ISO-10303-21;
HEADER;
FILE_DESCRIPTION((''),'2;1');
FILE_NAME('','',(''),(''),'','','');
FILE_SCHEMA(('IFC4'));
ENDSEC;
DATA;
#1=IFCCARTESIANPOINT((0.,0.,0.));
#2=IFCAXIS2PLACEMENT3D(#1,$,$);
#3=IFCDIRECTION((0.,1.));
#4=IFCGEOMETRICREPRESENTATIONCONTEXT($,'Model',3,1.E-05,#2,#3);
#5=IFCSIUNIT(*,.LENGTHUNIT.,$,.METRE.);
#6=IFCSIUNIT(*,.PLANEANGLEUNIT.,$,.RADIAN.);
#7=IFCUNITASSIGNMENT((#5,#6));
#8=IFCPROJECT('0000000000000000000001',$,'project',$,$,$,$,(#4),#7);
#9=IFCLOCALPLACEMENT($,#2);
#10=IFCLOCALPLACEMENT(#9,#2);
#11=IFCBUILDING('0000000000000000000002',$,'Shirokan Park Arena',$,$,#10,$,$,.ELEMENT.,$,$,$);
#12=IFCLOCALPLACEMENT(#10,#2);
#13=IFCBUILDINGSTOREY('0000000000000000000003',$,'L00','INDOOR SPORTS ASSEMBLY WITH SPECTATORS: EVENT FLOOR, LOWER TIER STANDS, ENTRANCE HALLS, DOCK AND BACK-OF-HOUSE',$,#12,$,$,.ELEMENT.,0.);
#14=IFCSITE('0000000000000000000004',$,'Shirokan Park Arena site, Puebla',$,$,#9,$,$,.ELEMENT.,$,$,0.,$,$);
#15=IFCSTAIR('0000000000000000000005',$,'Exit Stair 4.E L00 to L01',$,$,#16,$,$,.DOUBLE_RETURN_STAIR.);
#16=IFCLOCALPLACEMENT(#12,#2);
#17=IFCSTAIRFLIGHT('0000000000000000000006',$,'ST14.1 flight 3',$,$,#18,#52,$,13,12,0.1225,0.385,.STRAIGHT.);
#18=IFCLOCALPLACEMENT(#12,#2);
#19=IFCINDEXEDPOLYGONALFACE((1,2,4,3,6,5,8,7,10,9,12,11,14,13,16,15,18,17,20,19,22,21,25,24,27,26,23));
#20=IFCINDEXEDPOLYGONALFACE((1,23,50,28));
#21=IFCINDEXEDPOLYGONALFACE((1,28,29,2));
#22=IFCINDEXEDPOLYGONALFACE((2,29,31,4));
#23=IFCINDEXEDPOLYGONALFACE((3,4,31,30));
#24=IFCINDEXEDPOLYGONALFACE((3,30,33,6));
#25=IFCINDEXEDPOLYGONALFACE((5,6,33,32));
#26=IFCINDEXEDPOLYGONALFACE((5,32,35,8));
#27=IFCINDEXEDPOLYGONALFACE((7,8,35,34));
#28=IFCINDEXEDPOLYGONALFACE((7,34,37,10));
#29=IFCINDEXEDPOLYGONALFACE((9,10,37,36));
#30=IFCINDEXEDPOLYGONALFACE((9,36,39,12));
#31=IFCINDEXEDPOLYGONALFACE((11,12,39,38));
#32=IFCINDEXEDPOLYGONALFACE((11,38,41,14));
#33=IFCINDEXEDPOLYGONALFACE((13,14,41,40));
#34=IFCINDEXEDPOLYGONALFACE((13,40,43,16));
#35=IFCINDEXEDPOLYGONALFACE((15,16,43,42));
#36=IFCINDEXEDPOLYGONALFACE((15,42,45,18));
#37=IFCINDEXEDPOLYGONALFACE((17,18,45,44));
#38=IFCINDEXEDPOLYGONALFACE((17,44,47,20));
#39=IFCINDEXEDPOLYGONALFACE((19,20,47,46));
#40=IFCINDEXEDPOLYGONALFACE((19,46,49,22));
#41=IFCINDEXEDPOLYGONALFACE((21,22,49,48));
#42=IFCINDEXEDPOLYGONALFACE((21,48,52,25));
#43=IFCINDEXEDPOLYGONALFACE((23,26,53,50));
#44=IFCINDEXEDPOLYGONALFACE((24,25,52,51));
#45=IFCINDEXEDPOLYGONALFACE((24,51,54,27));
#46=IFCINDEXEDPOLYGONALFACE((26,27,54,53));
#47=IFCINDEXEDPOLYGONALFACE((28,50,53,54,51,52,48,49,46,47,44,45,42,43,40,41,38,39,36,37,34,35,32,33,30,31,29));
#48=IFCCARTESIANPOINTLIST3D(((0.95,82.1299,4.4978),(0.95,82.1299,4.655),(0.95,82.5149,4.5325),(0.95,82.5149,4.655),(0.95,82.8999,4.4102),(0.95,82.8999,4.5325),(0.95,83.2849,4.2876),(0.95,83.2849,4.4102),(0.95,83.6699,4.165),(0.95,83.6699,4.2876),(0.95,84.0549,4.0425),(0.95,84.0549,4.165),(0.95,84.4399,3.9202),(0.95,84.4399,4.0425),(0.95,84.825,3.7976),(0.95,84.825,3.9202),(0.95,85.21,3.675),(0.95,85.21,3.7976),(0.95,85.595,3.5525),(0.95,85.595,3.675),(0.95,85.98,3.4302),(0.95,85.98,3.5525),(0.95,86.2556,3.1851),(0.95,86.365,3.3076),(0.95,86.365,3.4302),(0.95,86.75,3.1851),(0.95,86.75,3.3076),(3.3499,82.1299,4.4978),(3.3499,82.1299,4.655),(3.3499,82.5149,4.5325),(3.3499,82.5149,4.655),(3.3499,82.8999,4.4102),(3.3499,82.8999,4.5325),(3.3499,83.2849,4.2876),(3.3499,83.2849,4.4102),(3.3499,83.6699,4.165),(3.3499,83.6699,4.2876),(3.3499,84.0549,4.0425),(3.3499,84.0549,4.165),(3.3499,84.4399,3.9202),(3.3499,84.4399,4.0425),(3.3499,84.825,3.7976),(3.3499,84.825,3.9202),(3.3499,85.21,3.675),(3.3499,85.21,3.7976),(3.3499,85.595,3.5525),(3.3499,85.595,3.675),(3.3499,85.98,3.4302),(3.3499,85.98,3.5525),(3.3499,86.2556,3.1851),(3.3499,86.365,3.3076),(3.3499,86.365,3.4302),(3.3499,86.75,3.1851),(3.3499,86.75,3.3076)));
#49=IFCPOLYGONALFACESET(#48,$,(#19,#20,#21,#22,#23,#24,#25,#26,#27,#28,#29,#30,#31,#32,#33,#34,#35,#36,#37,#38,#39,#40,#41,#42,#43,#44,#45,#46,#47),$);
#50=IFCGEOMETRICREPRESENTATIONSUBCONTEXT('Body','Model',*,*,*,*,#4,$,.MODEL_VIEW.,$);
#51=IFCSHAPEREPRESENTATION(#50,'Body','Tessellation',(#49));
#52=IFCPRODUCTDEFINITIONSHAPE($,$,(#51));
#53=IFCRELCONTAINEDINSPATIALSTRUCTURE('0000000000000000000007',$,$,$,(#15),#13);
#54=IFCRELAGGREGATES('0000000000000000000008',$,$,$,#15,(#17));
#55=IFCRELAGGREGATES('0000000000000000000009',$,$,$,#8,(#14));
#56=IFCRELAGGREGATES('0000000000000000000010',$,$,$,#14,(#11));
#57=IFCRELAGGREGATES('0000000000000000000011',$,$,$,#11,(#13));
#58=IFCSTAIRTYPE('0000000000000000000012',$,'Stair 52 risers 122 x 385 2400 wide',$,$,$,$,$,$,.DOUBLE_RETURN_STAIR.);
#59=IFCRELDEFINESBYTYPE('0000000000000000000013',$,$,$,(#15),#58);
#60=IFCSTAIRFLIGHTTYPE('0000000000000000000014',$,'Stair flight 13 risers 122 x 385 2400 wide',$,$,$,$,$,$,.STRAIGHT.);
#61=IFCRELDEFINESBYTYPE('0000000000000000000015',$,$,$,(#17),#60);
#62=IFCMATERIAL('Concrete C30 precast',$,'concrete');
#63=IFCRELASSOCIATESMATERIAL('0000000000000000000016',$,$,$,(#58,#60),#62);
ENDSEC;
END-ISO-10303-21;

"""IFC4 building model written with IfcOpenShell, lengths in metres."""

from ifc_helpers import new_model, si_unit, direction, frame, origin, place, context, subcontext, project, spatial, polyline, outline, extrude, material, type_object, element, aggregate, save


model = new_model("IFC4")

# Units and contexts
model_context = context("Model", 3, precision=1e-05, world=origin(), true_north=direction((0.0, 1.0)))
body_context = subcontext(model_context, "Body", "Model", "MODEL_VIEW")
ifc_project = project(units=[si_unit("LENGTHUNIT", "METRE"), si_unit("PLANEANGLEUNIT", "RADIAN")], contexts=[model_context])

# Site, building, storey
site_placement = place(None, origin())
site = spatial("IfcSite", under=ifc_project, at=site_placement, Name="Shirokan Park Arena site, Puebla", CompositionType="ELEMENT", RefElevation=0.0)
building_placement = place(site_placement, origin())
building = spatial("IfcBuilding", under=site, at=building_placement, Name="Shirokan Park Arena", CompositionType="ELEMENT")
storey_placement = place(building_placement, origin())
storey = spatial("IfcBuildingStorey", under=building, at=storey_placement, Name="L00", Description="INDOOR SPORTS ASSEMBLY WITH SPECTATORS: EVENT FLOOR, LOWER TIER STANDS, ENTRANCE HALLS, DOCK AND BACK-OF-HOUSE", CompositionType="ELEMENT", Elevation=0.0)

# Stair, stair flight
ifc_material_1 = material(Name="Concrete C30 precast", Category="concrete")
stair_type = type_object("IfcStairType", Name="Stair 52 risers 122 x 385 2400 wide", PredefinedType="DOUBLE_RETURN_STAIR", material=ifc_material_1)
stair_placement = place(storey_placement, origin())
stair = element("IfcStair", 1, at=stair_placement, inside=storey, type_object=stair_type, Name="Exit Stair 4.E L00 to L01", PredefinedType="DOUBLE_RETURN_STAIR")
stair_flight_type = type_object("IfcStairFlightType", Name="Stair flight 13 risers 122 x 385 2400 wide", PredefinedType="STRAIGHT", material=ifc_material_1)
stair_flight_1_placement = place(storey_placement, frame((2.1499, 86.75, 3.1851), z_axis=(0.0, 0.0, 1.0), x_axis=(0.0, -1.0, 0.0)))
stair_flight_1 = element("IfcStairFlight", 2, at=stair_flight_1_placement, type_object=stair_flight_type, Name="ST14.1 flight 3", NumberOfRisers=13, NumberOfTreads=12, PredefinedType="STRAIGHT", RiserHeight=0.1225, TreadLength=0.385, context=body_context, shape_type="SweptSolid", body=[
    extrude(outline(polyline([(0.0, 0.0), (0.0, 0.1226), (0.385, 0.1226), (0.385, 0.2451), (0.77, 0.2451), (0.77, 0.3674), (1.155, 0.3674), (1.155, 0.49), (1.54, 0.49), (1.54, 0.6125), (1.925, 0.6125), (1.925, 0.7351), (2.3101, 0.7351), (2.3101, 0.8574), (2.6951, 0.8574), (2.6951, 0.98), (3.0801, 0.98), (3.0801, 1.1025), (3.4651, 1.1025), (3.4651, 1.2251), (3.8501, 1.2251), (3.8501, 1.3474), (4.2351, 1.3474), (4.2351, 1.47), (4.6201, 1.47), (4.6201, 1.5925), (4.6201, 1.3127), (0.4944, 0.0), (0.0, 0.0)])), frame((0.0, 1.2, 0.0), z_axis=(0.0, -1.0, 0.0), x_axis=(1.0, 0.0, 0.0)), (0.0, 0.0, 1.0), 2.3999),
])
aggregate(stair, [stair_flight_1])

save(model, "model.ifc")
